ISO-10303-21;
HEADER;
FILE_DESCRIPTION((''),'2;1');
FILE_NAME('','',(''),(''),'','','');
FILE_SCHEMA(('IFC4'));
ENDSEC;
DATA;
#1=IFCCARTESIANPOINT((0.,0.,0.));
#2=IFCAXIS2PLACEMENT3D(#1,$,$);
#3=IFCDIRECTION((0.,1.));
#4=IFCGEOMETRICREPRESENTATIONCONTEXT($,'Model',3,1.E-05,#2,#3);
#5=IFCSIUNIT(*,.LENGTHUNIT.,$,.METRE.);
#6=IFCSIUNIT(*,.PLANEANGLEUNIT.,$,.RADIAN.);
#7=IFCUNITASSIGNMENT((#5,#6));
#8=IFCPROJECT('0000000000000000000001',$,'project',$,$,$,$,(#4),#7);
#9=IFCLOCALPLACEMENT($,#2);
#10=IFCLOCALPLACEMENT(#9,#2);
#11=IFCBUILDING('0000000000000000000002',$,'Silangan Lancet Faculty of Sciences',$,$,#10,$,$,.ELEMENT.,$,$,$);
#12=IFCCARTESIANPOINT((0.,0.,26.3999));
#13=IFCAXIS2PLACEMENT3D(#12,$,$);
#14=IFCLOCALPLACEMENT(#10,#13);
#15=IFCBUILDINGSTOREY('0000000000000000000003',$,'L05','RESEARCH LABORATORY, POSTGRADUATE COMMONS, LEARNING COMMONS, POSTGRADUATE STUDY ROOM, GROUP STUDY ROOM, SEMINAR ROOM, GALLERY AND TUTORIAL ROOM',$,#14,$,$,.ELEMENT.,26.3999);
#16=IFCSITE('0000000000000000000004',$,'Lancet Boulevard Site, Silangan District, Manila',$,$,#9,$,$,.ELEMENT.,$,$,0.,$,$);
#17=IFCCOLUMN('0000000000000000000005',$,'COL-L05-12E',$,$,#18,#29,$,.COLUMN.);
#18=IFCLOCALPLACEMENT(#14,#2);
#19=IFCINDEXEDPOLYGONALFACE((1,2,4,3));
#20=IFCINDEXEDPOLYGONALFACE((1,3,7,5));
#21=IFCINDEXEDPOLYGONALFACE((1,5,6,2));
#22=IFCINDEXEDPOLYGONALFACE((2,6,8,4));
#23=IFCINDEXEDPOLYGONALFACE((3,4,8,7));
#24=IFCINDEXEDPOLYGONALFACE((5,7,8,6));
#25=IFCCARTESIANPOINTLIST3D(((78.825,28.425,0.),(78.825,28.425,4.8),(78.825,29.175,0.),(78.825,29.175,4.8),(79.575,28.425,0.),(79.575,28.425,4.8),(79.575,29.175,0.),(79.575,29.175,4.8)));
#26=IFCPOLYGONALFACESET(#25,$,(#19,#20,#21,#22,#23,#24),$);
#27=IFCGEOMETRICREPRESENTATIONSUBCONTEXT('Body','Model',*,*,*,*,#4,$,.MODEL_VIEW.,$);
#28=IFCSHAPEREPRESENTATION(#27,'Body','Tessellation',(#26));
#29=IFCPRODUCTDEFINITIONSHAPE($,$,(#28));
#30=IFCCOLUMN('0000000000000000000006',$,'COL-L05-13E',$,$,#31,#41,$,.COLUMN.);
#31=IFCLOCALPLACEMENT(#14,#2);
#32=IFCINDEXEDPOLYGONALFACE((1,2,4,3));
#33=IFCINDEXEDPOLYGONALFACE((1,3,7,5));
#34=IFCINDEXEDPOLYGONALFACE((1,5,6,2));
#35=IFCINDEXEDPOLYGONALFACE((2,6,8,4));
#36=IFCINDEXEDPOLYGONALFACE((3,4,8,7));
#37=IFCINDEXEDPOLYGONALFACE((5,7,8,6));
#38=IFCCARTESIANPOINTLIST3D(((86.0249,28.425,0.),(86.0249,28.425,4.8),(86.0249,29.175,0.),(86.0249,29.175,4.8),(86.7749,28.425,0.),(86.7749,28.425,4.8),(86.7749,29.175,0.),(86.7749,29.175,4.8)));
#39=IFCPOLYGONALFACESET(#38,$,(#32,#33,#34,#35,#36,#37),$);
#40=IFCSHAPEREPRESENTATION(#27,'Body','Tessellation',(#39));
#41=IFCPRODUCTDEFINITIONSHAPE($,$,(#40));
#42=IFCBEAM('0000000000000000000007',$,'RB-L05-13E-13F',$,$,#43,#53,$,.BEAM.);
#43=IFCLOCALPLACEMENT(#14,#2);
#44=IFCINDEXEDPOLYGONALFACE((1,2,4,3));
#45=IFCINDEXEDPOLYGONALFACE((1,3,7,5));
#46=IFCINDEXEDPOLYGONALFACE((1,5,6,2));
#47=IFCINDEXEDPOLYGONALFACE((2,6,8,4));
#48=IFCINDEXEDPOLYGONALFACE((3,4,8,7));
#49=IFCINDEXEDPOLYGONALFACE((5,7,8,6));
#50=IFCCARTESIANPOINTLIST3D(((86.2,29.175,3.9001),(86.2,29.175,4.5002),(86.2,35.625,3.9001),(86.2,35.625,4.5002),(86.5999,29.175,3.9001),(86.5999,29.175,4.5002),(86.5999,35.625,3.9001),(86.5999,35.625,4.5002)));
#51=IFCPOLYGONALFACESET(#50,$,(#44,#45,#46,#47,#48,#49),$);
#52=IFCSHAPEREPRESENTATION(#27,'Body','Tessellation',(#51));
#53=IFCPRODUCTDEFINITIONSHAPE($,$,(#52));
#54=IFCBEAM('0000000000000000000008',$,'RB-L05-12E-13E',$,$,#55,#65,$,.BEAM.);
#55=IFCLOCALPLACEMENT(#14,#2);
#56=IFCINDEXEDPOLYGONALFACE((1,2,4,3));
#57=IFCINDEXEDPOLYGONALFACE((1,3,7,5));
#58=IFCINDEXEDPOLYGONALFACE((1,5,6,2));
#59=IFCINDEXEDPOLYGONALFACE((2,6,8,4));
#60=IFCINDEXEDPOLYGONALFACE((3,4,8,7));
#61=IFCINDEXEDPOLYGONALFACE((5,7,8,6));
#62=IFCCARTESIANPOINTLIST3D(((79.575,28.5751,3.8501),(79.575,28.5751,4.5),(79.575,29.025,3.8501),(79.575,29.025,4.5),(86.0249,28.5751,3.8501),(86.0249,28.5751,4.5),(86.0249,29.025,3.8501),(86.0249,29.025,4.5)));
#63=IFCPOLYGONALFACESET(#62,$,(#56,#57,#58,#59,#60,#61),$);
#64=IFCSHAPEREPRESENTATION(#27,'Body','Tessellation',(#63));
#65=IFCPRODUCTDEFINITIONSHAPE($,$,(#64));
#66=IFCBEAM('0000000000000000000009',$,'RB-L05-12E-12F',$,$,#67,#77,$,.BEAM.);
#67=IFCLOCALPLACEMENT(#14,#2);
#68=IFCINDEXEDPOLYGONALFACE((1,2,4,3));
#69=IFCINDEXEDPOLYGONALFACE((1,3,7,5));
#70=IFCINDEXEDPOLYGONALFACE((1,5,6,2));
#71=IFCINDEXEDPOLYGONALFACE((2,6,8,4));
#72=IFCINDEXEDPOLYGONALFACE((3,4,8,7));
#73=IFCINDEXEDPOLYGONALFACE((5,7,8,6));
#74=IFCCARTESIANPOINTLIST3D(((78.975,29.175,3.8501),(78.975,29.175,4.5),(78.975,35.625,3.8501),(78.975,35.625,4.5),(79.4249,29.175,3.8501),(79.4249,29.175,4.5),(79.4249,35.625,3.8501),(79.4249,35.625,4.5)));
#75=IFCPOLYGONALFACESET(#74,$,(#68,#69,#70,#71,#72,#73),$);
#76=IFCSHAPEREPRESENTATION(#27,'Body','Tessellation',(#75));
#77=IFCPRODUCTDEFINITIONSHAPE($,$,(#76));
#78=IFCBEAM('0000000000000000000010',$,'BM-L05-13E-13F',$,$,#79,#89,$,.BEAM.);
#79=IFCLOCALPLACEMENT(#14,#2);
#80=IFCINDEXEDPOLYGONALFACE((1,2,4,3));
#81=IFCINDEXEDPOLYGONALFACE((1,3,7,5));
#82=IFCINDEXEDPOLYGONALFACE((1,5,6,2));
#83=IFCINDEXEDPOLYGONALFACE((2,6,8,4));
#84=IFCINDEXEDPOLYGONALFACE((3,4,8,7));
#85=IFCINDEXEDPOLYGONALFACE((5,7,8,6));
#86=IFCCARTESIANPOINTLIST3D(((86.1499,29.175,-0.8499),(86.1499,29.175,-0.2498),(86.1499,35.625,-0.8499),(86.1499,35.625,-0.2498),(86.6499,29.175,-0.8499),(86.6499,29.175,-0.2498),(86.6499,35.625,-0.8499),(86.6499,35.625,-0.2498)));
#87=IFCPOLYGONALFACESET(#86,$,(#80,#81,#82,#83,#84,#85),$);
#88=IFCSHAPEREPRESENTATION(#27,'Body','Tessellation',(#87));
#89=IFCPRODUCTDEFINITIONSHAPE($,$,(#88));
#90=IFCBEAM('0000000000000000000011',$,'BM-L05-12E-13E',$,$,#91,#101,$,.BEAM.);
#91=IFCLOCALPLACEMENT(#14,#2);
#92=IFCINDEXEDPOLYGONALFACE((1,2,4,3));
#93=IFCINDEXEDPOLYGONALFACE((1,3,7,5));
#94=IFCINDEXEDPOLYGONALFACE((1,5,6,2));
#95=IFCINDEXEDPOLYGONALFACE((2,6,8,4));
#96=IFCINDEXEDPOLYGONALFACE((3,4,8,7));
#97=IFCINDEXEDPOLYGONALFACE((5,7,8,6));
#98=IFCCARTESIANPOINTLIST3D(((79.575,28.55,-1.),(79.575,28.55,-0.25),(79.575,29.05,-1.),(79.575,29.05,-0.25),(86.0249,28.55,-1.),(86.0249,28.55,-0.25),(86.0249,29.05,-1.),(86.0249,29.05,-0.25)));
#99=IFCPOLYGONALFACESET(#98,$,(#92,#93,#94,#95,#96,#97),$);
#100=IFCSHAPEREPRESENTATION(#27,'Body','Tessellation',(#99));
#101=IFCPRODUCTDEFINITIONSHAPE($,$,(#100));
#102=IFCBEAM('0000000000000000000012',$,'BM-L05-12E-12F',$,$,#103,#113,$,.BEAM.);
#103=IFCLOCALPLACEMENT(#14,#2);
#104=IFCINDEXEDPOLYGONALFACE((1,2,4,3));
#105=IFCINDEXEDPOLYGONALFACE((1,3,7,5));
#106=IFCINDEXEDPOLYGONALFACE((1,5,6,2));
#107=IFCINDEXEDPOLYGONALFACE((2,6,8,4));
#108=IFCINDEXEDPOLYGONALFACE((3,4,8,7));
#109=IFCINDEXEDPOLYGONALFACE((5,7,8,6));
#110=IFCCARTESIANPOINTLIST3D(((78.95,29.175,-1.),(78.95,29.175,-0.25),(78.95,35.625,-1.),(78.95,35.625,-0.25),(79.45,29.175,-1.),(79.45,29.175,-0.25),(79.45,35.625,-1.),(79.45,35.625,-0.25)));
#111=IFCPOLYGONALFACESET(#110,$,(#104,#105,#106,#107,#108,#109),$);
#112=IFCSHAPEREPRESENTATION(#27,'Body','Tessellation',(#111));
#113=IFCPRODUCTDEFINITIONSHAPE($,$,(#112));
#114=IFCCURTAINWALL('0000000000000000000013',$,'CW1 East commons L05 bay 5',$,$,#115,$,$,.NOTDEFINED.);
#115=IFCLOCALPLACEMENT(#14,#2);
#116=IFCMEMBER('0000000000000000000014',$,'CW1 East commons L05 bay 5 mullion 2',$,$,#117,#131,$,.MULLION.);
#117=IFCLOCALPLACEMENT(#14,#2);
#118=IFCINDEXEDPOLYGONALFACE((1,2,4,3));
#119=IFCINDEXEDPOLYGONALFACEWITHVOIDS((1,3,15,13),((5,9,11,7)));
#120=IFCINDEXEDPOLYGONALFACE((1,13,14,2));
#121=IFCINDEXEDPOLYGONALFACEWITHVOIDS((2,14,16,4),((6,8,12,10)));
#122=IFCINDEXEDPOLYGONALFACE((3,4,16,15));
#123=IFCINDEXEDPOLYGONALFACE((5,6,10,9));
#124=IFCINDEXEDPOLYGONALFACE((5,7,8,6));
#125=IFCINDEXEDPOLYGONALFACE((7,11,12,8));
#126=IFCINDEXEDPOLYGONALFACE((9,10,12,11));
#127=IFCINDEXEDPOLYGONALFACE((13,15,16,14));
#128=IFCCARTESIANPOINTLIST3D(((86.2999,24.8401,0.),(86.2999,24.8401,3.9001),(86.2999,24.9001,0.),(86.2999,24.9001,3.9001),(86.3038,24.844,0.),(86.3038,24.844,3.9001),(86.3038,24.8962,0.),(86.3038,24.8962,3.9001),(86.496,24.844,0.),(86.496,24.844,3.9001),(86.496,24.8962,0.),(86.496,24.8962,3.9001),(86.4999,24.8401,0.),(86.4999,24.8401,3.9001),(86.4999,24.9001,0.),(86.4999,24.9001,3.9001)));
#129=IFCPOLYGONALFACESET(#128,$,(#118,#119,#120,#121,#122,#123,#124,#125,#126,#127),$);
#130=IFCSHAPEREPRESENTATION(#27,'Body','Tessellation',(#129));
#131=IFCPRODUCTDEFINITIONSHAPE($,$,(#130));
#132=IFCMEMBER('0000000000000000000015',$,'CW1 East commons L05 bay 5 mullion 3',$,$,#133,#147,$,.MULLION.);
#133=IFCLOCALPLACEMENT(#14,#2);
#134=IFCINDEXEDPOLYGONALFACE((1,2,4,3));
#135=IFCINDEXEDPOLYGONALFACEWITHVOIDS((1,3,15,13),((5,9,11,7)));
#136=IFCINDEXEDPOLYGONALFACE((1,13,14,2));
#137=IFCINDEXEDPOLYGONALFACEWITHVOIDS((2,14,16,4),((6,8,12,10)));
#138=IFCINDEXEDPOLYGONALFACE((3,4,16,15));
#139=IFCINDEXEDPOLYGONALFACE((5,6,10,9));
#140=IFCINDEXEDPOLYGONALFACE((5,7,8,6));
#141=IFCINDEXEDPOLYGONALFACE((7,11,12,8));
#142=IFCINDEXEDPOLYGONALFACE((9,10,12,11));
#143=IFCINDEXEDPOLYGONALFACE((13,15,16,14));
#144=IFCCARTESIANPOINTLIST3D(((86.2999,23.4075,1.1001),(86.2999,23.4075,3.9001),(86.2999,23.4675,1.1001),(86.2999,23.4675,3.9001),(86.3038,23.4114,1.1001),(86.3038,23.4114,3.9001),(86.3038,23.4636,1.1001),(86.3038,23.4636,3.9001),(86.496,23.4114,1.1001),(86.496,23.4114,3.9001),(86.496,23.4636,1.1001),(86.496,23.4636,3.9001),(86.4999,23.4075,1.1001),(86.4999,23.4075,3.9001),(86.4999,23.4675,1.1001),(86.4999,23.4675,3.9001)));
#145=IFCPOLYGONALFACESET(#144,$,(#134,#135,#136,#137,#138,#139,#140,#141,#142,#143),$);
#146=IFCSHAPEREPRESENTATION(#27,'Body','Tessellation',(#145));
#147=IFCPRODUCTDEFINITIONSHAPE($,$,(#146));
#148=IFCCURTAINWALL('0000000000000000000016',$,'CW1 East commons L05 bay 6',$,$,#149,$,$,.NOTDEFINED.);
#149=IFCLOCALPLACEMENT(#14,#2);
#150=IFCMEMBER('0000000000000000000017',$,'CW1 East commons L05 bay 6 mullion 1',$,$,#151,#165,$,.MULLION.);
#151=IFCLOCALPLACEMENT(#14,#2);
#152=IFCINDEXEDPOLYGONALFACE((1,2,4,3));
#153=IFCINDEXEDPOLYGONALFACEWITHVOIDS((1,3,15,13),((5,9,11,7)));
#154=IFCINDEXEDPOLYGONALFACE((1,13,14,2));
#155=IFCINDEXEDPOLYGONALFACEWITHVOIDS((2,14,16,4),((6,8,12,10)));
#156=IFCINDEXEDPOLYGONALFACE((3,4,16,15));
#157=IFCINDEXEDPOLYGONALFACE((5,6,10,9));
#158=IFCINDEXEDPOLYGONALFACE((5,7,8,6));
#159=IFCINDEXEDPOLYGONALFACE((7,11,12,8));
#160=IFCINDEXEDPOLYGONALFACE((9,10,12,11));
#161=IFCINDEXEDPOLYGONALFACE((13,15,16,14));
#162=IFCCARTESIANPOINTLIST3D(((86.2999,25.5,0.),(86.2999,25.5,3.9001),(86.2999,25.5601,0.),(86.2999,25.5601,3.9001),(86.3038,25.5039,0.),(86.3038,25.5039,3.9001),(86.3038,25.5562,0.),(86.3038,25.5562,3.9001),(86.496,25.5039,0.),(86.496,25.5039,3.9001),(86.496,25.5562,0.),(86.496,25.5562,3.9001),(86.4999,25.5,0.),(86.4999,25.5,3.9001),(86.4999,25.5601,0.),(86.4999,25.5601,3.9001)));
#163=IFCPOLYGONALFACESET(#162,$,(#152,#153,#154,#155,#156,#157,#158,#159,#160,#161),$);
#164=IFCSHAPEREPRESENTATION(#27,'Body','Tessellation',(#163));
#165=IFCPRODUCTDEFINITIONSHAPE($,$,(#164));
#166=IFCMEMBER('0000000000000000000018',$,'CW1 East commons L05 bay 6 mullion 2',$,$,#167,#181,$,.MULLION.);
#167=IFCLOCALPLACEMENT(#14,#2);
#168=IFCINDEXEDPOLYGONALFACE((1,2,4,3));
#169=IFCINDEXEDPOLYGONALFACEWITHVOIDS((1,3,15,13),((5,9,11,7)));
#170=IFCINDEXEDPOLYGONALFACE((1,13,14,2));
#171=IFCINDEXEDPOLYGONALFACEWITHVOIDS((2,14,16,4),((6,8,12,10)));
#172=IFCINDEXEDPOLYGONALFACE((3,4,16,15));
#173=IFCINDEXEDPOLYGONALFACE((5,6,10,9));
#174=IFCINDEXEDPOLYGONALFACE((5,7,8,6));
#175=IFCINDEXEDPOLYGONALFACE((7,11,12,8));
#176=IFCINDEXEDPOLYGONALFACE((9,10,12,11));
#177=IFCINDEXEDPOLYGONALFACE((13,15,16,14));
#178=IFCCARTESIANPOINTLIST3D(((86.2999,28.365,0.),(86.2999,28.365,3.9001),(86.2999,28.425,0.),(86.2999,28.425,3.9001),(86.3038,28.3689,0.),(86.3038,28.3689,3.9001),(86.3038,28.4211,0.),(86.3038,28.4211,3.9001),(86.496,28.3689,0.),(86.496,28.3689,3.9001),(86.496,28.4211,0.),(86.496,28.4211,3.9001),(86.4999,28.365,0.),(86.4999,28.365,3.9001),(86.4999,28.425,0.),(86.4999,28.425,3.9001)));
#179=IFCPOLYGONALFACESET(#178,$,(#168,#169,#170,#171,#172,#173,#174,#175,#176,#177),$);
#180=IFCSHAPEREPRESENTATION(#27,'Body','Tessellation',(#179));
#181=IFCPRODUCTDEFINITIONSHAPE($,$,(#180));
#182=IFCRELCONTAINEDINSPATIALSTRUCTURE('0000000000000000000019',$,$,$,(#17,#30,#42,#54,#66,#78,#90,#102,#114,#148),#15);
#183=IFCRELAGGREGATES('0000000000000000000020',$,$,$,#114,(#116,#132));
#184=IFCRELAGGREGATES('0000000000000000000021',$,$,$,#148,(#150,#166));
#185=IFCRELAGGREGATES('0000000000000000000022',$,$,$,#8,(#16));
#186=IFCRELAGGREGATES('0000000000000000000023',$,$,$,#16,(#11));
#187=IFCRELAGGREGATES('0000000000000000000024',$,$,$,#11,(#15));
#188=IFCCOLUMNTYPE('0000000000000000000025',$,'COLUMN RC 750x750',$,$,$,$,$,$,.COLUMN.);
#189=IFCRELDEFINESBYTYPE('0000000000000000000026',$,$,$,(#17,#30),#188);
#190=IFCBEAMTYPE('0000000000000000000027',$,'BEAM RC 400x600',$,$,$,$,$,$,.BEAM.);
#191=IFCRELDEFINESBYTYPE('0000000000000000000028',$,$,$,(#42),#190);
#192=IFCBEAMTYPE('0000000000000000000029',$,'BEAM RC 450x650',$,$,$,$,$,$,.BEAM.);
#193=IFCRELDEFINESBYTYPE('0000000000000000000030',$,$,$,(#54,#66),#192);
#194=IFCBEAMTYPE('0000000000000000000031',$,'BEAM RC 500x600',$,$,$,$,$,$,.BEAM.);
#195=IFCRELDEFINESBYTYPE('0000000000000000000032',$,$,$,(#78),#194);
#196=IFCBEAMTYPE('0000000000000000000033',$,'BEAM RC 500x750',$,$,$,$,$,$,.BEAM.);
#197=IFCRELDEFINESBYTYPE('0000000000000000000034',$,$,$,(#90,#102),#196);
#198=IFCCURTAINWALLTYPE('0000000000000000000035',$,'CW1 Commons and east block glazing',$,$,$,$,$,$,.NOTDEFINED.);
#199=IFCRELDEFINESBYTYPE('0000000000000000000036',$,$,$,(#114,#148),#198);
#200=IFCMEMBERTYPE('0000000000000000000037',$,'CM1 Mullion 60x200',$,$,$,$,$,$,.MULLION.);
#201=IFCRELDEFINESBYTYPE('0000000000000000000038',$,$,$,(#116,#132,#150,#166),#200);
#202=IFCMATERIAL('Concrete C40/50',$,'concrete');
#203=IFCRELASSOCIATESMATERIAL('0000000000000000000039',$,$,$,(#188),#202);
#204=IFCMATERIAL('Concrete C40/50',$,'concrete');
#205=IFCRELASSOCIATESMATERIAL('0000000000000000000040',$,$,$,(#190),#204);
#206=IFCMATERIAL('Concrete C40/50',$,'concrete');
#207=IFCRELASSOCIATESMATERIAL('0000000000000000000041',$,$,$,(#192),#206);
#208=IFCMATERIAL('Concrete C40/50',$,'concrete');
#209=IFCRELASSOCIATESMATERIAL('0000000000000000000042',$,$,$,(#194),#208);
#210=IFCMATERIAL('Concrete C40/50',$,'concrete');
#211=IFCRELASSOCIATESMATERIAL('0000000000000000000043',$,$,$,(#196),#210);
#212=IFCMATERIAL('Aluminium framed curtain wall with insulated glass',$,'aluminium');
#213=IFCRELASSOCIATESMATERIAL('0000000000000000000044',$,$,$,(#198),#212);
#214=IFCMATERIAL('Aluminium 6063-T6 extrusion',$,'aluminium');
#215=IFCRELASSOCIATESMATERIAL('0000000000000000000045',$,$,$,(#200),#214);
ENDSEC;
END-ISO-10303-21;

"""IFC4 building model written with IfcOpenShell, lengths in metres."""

from ifc_helpers import new_model, si_unit, direction, frame, origin, origin_2d, place, context, subcontext, project, spatial, rectangle, hollow_rectangle, extrude, material, material_profile, profile_set, type_object, element, aggregate, save


model = new_model("IFC4")

# Units and contexts
model_context = context("Model", 3, precision=1e-05, world=origin(), true_north=direction((0.0, 1.0)))
body_context = subcontext(model_context, "Body", "Model", "MODEL_VIEW")
ifc_project = project(units=[si_unit("LENGTHUNIT", "METRE"), si_unit("PLANEANGLEUNIT", "RADIAN")], contexts=[model_context])

# Site, building, storey
site_placement = place(None, origin())
site = spatial("IfcSite", under=ifc_project, at=site_placement, Name="Lancet Boulevard Site, Silangan District, Manila", CompositionType="ELEMENT", RefElevation=0.0)
building_placement = place(site_placement, origin())
building = spatial("IfcBuilding", under=site, at=building_placement, Name="Silangan Lancet Faculty of Sciences", CompositionType="ELEMENT")
storey_placement = place(building_placement, frame((0.0, 0.0, 26.3999)))
storey = spatial("IfcBuildingStorey", under=building, at=storey_placement, Name="L05", Description="RESEARCH LABORATORY, POSTGRADUATE COMMONS, LEARNING COMMONS, POSTGRADUATE STUDY ROOM, GROUP STUDY ROOM, SEMINAR ROOM, GALLERY AND TUTORIAL ROOM", CompositionType="ELEMENT", Elevation=26.3999)

# Columns
ifc_material_1 = material(Name="Concrete C40/50", Category="concrete")
ifc_material_profile_1 = material_profile(ifc_material_1, rectangle(XDim=0.75, YDim=0.75, at=origin_2d()), Name="RC 750x750")
ifc_profile_set_1 = profile_set([ifc_material_profile_1], Name="Concrete C40/50")
column_type = type_object("IfcColumnType", Name="COLUMN RC 750x750", PredefinedType="COLUMN", material=ifc_profile_set_1)
for number, where, z_axis, x_axis, name in (
    (1, (79.2, 28.8, 0.0), (0.0, 0.0, 1.0), (1.0, 0.0, 0.0), "COL-L05-12E"),
    (2, (86.3999, 28.8, 0.0), (0.0, 0.0, 1.0), (1.0, 0.0, 0.0), "COL-L05-13E"),
):
    element("IfcColumn", number, at=place(storey_placement, frame(where, z_axis=z_axis, x_axis=x_axis)), inside=storey, type_object=column_type, Name=name, PredefinedType="COLUMN", context=body_context, shape_type="SweptSolid", body=[
        extrude(rectangle(XDim=0.75, YDim=0.75, at=origin_2d()), origin(), (0.0, 0.0, 1.0), 4.8),
    ])

# Beams
ifc_material_2 = material(Name="Concrete C40/50", Category="concrete")
ifc_material_profile_2 = material_profile(ifc_material_2, rectangle(XDim=0.3999, YDim=0.6001, at=origin_2d()), Name="RC 400x600")
ifc_profile_set_2 = profile_set([ifc_material_profile_2], Name="Concrete C40/50")
beam_type_1 = type_object("IfcBeamType", Name="BEAM RC 400x600", PredefinedType="BEAM", material=ifc_profile_set_2)
beam_1_placement = place(storey_placement, frame((86.3999, 29.175, 4.2002), z_axis=(0.0, 1.0, 0.0), x_axis=(-1.0, 0.0, 0.0)))
element("IfcBeam", 3, at=beam_1_placement, inside=storey, type_object=beam_type_1, Name="RB-L05-13E-13F", PredefinedType="BEAM", context=body_context, shape_type="SweptSolid", body=[
    extrude(rectangle(XDim=0.3999, YDim=0.6001, at=origin_2d()), origin(), (0.0, 0.0, 1.0), 6.45),
])
ifc_material_3 = material(Name="Concrete C40/50", Category="concrete")
ifc_material_profile_3 = material_profile(ifc_material_3, rectangle(XDim=0.45, YDim=0.6499, at=origin_2d()), Name="RC 450x650")
ifc_profile_set_3 = profile_set([ifc_material_profile_3], Name="Concrete C40/50")
beam_type_2 = type_object("IfcBeamType", Name="BEAM RC 450x650", PredefinedType="BEAM", material=ifc_profile_set_3)
for number, where, z_axis, x_axis, name in (
    (4, (79.575, 28.8, 4.175), (1.0, 0.0, 0.0), (0.0, 1.0, 0.0), "RB-L05-12E-13E"),
    (5, (79.2, 29.175, 4.175), (0.0, 1.0, 0.0), (-1.0, 0.0, 0.0), "RB-L05-12E-12F"),
):
    element("IfcBeam", number, at=place(storey_placement, frame(where, z_axis=z_axis, x_axis=x_axis)), inside=storey, type_object=beam_type_2, Name=name, PredefinedType="BEAM", context=body_context, shape_type="SweptSolid", body=[
        extrude(rectangle(XDim=0.45, YDim=0.6499, at=origin_2d()), origin(), (0.0, 0.0, 1.0), 6.45),
    ])
ifc_material_4 = material(Name="Concrete C40/50", Category="concrete")
ifc_material_profile_4 = material_profile(ifc_material_4, rectangle(XDim=0.5, YDim=0.6001, at=origin_2d()), Name="RC 500x600")
ifc_profile_set_4 = profile_set([ifc_material_profile_4], Name="Concrete C40/50")
beam_type_3 = type_object("IfcBeamType", Name="BEAM RC 500x600", PredefinedType="BEAM", material=ifc_profile_set_4)
beam_2_placement = place(storey_placement, frame((86.3999, 29.175, -0.5498), z_axis=(0.0, 1.0, 0.0), x_axis=(-1.0, 0.0, 0.0)))
element("IfcBeam", 6, at=beam_2_placement, inside=storey, type_object=beam_type_3, Name="BM-L05-13E-13F", PredefinedType="BEAM", context=body_context, shape_type="SweptSolid", body=[
    extrude(rectangle(XDim=0.5, YDim=0.6001, at=origin_2d()), origin(), (0.0, 0.0, 1.0), 6.45),
])
ifc_material_5 = material(Name="Concrete C40/50", Category="concrete")
ifc_material_profile_5 = material_profile(ifc_material_5, rectangle(XDim=0.5, YDim=0.75, at=origin_2d()), Name="RC 500x750")
ifc_profile_set_5 = profile_set([ifc_material_profile_5], Name="Concrete C40/50")
beam_type_4 = type_object("IfcBeamType", Name="BEAM RC 500x750", PredefinedType="BEAM", material=ifc_profile_set_5)
for number, where, z_axis, x_axis, name in (
    (7, (79.575, 28.8, -0.625), (1.0, 0.0, 0.0), (0.0, 1.0, 0.0), "BM-L05-12E-13E"),
    (8, (79.2, 29.175, -0.625), (0.0, 1.0, 0.0), (-1.0, 0.0, 0.0), "BM-L05-12E-12F"),
):
    element("IfcBeam", number, at=place(storey_placement, frame(where, z_axis=z_axis, x_axis=x_axis)), inside=storey, type_object=beam_type_4, Name=name, PredefinedType="BEAM", context=body_context, shape_type="SweptSolid", body=[
        extrude(rectangle(XDim=0.5, YDim=0.75, at=origin_2d()), origin(), (0.0, 0.0, 1.0), 6.45),
    ])

# Curtain walls, members
ifc_material_6 = material(Name="Aluminium framed curtain wall with insulated glass", Category="aluminium")
curtain_wall_type = type_object("IfcCurtainWallType", Name="CW1 Commons and east block glazing", PredefinedType="NOTDEFINED", material=ifc_material_6)
curtain_wall_1_placement = place(storey_placement, origin())
curtain_wall_1 = element("IfcCurtainWall", 9, at=curtain_wall_1_placement, inside=storey, type_object=curtain_wall_type, Name="CW1 East commons L05 bay 5", PredefinedType="NOTDEFINED")
ifc_material_7 = material(Name="Aluminium 6063-T6 extrusion", Category="aluminium")
ifc_material_profile_6 = material_profile(ifc_material_7, hollow_rectangle(XDim=0.0601, YDim=0.2, WallThickness=0.0039, at=origin_2d()), Name="AL BOX 60x200x4")
ifc_profile_set_6 = profile_set([ifc_material_profile_6], Name="Aluminium 6063-T6 extrusion")
member_type_1 = type_object("IfcMemberType", Name="CM1 Mullion 60x200", PredefinedType="MULLION", material=ifc_profile_set_6)
member_1_placement = place(storey_placement, frame((86.3999, 24.8701, 0.0), z_axis=(0.0, 0.0, 1.0), x_axis=(0.0, 1.0, 0.0)))
member_1 = element("IfcMember", 10, at=member_1_placement, type_object=member_type_1, Name="CW1 East commons L05 bay 5 mullion 2", PredefinedType="MULLION", context=body_context, shape_type="SweptSolid", body=[
    extrude(hollow_rectangle(XDim=0.0601, YDim=0.2, WallThickness=0.0039, at=origin_2d()), origin(), (0.0, 0.0, 1.0), 3.9001),
])
member_2_placement = place(storey_placement, frame((86.3999, 23.4375, 1.1001), z_axis=(0.0, 0.0, 1.0), x_axis=(0.0, 1.0, 0.0)))
member_2 = element("IfcMember", 11, at=member_2_placement, type_object=member_type_1, Name="CW1 East commons L05 bay 5 mullion 3", PredefinedType="MULLION", context=body_context, shape_type="SweptSolid", body=[
    extrude(hollow_rectangle(XDim=0.0601, YDim=0.2, WallThickness=0.0039, at=origin_2d()), origin(), (0.0, 0.0, 1.0), 2.8),
])
curtain_wall_2_placement = place(storey_placement, origin())
curtain_wall_2 = element("IfcCurtainWall", 12, at=curtain_wall_2_placement, inside=storey, type_object=curtain_wall_type, Name="CW1 East commons L05 bay 6", PredefinedType="NOTDEFINED")
member_3_placement = place(storey_placement, frame((86.3999, 25.53, 0.0), z_axis=(0.0, 0.0, 1.0), x_axis=(0.0, 1.0, 0.0)))
member_3 = element("IfcMember", 13, at=member_3_placement, type_object=member_type_1, Name="CW1 East commons L05 bay 6 mullion 1", PredefinedType="MULLION", context=body_context, shape_type="SweptSolid", body=[
    extrude(hollow_rectangle(XDim=0.0601, YDim=0.2, WallThickness=0.0039, at=origin_2d()), origin(), (0.0, 0.0, 1.0), 3.9001),
])
member_4_placement = place(storey_placement, frame((86.3999, 28.395, 0.0), z_axis=(0.0, 0.0, 1.0), x_axis=(0.0, 1.0, 0.0)))
member_4 = element("IfcMember", 14, at=member_4_placement, type_object=member_type_1, Name="CW1 East commons L05 bay 6 mullion 2", PredefinedType="MULLION", context=body_context, shape_type="SweptSolid", body=[
    extrude(hollow_rectangle(XDim=0.0601, YDim=0.2, WallThickness=0.0039, at=origin_2d()), origin(), (0.0, 0.0, 1.0), 3.9001),
])

aggregate(curtain_wall_1, [member_1, member_2])
aggregate(curtain_wall_2, [member_3, member_4])

save(model, "model.ifc")
